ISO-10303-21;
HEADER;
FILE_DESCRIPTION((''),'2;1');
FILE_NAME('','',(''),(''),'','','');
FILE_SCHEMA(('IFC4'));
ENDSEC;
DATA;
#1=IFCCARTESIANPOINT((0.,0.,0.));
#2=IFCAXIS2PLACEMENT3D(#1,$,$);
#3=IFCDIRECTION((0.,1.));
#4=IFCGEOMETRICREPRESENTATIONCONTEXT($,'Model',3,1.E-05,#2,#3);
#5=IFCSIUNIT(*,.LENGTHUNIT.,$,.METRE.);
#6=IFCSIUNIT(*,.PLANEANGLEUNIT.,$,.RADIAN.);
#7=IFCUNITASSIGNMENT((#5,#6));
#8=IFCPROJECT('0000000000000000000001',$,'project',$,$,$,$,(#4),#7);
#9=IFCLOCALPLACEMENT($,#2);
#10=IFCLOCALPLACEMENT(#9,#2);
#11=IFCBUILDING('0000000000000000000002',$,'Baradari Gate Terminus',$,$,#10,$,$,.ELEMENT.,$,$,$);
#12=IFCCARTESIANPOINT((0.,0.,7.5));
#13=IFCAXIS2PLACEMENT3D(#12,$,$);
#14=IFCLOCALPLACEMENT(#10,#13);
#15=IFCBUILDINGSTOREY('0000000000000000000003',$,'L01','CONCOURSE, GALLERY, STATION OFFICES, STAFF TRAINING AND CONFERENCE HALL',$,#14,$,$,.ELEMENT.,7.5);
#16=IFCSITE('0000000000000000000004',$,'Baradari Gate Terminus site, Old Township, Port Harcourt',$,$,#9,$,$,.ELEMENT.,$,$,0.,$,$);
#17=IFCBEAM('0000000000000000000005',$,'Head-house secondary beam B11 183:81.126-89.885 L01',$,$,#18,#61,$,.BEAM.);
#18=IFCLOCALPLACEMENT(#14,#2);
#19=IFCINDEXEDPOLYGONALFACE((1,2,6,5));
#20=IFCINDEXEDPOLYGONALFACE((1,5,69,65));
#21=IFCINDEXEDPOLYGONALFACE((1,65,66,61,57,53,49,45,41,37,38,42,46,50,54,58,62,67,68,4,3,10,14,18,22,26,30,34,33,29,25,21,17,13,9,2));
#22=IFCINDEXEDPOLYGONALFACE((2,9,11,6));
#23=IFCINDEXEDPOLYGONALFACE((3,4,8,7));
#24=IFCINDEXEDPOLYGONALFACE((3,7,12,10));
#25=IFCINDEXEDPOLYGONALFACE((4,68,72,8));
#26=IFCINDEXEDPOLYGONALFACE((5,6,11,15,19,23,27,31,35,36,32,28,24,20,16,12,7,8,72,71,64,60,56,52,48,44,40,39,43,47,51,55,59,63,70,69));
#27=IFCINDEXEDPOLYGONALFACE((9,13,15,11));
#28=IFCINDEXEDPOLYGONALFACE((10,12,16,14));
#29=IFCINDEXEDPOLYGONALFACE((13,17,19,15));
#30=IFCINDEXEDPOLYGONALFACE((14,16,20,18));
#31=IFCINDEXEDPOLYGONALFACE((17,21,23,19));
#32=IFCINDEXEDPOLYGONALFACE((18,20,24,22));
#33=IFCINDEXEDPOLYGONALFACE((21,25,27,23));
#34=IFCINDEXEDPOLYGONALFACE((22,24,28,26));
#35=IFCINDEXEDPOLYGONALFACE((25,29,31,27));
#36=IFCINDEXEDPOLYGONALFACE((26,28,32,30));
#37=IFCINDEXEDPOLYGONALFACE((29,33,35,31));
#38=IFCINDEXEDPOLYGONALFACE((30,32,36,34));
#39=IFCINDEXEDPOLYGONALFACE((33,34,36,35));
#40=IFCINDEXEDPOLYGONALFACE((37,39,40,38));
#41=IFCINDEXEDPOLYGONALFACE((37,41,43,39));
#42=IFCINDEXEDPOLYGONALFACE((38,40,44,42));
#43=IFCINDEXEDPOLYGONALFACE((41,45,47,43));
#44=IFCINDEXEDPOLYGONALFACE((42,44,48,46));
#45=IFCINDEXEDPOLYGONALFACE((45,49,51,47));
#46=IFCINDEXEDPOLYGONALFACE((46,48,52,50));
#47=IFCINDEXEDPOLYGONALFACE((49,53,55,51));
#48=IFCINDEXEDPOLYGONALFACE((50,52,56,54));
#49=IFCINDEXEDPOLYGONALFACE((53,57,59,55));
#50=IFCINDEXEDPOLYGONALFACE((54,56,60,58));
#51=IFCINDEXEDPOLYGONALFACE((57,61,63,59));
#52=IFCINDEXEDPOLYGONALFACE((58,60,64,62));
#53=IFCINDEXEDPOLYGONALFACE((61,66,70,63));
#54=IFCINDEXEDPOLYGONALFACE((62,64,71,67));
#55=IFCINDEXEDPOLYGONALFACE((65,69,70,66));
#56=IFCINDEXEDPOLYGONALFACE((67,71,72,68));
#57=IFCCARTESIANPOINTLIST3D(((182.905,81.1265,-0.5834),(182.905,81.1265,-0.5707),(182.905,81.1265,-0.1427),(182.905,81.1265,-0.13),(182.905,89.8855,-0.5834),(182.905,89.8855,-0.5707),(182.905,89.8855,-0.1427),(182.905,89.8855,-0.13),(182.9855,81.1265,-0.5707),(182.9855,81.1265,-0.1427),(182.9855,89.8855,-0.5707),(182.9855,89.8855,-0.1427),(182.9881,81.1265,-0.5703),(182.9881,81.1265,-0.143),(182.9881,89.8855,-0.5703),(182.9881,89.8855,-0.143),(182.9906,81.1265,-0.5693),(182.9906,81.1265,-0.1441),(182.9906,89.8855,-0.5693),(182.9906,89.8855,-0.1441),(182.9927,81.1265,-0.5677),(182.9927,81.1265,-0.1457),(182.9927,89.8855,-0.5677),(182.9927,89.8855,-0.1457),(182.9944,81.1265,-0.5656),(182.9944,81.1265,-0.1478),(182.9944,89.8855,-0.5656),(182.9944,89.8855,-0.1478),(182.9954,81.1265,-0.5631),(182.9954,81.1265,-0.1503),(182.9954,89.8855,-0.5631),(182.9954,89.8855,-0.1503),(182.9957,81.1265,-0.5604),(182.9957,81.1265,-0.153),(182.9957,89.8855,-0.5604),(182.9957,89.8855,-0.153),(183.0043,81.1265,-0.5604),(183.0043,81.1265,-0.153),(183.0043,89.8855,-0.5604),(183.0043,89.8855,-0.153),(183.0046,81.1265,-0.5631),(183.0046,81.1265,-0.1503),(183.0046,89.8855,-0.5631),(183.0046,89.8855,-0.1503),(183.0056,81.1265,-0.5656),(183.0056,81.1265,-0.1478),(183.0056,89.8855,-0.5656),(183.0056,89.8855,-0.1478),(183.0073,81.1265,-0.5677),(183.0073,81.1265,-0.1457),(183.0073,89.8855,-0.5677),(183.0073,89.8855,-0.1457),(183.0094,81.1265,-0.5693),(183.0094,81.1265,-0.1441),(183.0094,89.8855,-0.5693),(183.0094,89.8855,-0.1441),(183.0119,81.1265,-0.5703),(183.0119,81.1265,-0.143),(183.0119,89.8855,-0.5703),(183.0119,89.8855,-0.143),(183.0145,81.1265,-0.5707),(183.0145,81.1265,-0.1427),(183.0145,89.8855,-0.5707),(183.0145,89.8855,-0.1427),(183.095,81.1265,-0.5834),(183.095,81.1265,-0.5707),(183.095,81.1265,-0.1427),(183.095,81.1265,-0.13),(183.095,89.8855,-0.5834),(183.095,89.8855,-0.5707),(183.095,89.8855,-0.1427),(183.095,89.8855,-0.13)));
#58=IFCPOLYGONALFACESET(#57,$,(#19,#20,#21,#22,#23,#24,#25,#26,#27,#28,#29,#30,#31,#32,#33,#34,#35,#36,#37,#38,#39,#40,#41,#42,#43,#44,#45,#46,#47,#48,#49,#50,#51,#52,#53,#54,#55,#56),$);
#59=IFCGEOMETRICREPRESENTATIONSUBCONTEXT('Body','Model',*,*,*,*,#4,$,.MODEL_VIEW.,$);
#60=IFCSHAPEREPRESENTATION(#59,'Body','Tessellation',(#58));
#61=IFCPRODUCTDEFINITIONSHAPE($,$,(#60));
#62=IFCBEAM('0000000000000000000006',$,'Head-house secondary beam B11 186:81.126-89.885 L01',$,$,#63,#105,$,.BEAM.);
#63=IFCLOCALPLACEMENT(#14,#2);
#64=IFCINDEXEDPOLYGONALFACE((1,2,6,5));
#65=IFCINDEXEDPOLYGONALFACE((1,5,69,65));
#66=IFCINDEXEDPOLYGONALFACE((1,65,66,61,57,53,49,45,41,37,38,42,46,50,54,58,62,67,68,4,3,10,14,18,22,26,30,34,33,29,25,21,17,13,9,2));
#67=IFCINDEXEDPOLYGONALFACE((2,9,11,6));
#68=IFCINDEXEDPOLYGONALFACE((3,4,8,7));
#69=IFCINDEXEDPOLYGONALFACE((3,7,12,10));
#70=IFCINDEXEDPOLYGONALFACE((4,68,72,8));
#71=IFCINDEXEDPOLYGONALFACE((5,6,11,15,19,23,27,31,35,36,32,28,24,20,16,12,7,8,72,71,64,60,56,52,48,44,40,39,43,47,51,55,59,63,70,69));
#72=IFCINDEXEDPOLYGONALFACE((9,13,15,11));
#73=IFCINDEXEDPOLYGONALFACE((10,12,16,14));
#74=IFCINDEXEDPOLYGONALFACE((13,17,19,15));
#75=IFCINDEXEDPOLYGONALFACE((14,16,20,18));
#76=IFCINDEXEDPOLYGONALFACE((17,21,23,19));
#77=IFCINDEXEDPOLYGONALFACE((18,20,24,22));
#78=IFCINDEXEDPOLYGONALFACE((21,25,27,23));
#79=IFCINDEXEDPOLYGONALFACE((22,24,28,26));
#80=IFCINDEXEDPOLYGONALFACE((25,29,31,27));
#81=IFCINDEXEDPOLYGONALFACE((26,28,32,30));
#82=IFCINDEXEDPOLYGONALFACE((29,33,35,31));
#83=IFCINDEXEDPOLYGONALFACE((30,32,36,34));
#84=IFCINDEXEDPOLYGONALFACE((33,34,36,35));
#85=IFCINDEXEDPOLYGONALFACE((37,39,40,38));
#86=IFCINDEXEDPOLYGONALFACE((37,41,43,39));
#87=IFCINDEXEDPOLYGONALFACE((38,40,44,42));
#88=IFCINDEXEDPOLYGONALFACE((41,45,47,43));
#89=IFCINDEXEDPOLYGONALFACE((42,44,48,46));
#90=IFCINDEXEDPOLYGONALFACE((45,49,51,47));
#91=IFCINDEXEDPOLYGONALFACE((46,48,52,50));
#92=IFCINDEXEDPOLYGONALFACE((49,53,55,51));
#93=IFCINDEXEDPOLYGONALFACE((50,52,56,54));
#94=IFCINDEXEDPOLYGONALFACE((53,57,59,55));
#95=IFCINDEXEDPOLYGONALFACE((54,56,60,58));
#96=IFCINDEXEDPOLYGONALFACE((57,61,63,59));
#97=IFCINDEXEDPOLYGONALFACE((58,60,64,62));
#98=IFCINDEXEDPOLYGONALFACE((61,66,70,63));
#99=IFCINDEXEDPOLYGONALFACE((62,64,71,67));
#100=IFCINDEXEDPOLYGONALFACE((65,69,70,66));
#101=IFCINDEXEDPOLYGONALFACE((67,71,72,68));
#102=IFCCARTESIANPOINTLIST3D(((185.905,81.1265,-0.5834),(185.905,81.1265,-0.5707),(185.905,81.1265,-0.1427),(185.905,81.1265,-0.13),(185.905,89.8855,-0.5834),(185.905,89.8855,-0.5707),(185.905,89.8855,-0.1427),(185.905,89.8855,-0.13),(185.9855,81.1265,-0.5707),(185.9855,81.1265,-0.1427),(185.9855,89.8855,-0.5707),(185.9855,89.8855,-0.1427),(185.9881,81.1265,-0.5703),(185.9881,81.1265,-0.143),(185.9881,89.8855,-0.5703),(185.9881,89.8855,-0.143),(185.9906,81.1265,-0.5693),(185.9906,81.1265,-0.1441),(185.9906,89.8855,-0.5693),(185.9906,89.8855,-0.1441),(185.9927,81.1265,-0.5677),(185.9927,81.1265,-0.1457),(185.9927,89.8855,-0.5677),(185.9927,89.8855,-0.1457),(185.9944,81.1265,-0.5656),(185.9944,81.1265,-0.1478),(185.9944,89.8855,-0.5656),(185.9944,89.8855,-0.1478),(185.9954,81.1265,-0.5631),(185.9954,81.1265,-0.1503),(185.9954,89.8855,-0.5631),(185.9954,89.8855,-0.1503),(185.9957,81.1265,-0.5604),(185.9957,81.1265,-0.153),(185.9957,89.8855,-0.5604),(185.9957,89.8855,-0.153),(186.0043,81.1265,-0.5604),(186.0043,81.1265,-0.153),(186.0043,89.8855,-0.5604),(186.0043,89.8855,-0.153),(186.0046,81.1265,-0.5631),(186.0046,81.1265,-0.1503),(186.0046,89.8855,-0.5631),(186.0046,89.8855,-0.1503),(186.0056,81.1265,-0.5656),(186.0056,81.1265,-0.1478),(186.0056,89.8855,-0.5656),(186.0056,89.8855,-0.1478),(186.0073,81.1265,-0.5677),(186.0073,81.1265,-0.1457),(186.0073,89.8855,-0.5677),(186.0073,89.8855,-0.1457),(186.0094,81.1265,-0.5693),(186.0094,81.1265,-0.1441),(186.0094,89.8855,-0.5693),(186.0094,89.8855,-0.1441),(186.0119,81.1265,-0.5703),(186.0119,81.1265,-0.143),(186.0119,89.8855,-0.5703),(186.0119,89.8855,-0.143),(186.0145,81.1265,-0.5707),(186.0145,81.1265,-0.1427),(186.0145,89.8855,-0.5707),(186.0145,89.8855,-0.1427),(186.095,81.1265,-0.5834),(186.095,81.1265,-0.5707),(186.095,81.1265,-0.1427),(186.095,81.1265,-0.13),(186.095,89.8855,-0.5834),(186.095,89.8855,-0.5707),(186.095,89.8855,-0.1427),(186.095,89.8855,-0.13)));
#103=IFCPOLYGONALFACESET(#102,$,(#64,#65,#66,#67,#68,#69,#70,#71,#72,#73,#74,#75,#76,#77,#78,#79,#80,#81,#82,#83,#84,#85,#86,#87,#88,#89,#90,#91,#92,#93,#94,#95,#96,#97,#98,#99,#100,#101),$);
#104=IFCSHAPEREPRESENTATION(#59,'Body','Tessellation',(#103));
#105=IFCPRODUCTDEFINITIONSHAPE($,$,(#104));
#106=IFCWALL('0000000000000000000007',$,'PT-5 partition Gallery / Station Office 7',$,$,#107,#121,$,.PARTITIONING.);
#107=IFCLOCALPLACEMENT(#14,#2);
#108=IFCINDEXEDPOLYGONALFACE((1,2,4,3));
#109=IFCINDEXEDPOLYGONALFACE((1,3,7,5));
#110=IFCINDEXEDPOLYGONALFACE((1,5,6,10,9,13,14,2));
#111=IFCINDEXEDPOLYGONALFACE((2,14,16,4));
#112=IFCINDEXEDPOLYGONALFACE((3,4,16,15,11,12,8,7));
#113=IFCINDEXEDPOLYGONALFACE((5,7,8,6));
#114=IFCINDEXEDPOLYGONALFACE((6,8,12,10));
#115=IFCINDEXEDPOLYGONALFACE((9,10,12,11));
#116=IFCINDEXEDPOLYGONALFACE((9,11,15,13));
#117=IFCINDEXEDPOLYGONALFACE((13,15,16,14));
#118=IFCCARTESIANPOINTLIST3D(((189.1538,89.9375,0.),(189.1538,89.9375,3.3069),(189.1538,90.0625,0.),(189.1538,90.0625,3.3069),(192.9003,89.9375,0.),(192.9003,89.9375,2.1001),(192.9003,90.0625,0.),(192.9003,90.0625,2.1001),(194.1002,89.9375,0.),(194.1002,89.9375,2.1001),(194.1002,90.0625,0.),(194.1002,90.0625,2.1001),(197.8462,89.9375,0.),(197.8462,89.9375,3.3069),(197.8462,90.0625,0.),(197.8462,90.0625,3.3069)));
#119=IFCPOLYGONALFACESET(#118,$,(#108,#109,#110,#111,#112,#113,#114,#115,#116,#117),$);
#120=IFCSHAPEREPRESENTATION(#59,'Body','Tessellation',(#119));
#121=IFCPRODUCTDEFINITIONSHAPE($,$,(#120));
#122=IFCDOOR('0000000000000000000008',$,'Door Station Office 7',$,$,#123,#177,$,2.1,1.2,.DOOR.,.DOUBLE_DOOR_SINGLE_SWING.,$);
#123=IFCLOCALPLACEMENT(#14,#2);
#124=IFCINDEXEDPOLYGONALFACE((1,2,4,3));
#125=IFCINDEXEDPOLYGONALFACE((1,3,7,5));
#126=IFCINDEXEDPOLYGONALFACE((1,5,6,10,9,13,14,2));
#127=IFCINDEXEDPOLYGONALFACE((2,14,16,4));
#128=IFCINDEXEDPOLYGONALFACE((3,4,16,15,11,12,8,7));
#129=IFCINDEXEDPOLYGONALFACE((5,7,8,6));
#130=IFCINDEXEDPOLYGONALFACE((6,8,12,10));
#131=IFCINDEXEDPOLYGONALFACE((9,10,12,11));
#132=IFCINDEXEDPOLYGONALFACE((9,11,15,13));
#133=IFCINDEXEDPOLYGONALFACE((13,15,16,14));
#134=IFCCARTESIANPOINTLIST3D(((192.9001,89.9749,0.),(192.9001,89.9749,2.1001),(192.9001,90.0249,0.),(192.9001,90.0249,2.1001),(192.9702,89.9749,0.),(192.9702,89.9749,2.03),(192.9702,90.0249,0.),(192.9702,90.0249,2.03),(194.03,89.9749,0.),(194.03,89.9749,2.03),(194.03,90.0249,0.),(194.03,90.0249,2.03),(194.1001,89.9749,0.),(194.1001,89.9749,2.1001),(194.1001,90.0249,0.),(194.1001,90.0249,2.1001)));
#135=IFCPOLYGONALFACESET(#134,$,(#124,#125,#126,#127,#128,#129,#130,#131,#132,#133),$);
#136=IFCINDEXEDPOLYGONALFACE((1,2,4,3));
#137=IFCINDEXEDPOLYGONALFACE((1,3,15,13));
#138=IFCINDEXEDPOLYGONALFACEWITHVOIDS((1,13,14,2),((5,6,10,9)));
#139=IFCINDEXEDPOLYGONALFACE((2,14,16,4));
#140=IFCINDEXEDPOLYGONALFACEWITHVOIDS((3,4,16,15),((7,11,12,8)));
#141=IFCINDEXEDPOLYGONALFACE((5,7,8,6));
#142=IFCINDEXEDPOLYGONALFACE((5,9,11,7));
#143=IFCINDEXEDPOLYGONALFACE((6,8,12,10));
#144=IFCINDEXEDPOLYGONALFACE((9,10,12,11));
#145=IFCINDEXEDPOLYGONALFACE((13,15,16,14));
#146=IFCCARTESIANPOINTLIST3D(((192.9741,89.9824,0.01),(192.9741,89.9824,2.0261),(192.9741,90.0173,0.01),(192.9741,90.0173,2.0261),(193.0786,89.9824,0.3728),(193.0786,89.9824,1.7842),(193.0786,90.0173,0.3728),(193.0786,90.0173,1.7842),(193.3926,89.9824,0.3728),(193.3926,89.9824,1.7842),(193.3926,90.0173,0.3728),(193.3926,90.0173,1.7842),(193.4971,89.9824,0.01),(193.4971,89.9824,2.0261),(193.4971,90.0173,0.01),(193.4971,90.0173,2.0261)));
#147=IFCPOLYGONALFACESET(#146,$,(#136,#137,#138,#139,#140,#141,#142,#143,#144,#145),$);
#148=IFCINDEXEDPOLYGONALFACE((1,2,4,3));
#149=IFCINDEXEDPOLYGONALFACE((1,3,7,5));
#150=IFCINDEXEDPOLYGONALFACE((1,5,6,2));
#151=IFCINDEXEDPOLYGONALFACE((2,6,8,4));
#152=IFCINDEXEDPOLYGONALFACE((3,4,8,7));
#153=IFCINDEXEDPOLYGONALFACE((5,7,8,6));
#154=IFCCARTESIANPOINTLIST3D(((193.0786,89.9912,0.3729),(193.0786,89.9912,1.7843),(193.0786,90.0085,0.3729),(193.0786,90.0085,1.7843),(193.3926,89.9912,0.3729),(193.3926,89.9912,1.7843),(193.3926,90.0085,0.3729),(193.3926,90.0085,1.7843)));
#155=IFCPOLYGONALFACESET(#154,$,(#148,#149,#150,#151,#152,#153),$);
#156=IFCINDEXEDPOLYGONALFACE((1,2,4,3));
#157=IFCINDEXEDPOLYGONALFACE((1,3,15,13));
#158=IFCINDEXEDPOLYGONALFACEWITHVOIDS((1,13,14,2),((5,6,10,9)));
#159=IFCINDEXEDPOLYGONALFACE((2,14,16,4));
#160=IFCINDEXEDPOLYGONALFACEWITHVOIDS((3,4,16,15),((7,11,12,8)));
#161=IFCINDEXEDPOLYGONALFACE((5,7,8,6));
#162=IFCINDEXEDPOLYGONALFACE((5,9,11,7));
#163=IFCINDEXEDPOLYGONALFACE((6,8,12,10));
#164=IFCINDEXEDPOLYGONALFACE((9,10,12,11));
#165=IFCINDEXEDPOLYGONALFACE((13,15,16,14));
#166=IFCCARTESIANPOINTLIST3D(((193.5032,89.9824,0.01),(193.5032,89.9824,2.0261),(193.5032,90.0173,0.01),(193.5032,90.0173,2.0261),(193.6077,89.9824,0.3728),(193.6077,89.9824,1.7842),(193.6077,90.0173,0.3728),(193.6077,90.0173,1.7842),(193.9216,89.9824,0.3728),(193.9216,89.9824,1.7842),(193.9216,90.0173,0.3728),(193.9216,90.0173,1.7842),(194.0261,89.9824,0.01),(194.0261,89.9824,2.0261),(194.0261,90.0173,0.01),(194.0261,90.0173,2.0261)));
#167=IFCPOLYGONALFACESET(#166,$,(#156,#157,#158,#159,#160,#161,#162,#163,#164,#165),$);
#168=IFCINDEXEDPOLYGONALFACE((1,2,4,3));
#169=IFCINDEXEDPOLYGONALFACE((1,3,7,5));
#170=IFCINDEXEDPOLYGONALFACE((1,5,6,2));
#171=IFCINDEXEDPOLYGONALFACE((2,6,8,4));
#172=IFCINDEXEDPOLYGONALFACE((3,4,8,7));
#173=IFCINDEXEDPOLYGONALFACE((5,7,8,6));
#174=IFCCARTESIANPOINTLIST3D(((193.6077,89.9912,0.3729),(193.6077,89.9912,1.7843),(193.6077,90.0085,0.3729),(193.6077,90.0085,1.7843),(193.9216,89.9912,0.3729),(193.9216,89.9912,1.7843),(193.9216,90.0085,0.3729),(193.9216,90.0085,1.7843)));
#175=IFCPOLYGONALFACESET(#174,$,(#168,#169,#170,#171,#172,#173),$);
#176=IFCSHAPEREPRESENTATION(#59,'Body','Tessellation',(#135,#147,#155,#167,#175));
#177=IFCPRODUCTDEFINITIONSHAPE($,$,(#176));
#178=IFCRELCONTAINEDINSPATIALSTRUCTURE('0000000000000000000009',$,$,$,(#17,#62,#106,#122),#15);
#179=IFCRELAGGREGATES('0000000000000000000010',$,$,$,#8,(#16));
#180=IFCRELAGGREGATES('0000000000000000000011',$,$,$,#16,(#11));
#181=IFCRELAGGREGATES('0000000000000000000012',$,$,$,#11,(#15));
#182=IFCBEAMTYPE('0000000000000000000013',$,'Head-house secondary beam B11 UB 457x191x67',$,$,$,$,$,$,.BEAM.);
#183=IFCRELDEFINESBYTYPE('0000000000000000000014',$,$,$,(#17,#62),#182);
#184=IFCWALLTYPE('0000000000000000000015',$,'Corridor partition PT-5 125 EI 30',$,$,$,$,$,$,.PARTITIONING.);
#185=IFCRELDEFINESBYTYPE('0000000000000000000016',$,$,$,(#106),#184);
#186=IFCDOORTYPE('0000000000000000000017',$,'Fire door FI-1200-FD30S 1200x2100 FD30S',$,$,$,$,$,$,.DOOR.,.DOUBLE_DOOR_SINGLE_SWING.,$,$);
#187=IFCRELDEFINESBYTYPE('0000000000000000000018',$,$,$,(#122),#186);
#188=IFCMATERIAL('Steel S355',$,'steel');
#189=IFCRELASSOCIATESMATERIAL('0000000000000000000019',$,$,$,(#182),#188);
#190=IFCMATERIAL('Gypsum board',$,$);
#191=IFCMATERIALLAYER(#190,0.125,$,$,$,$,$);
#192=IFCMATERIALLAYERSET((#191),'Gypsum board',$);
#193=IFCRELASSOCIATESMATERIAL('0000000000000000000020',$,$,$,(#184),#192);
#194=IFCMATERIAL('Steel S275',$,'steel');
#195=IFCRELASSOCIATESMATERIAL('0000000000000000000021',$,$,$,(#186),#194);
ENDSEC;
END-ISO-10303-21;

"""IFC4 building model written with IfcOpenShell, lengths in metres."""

from ifc_helpers import new_model, si_unit, direction, frame, frame_2d, origin, origin_2d, place, context, subcontext, project, spatial, polyline, rectangle, i_section, outline, extrude, material, layer, layer_set, material_profile, profile_set, type_object, element, fill, save


model = new_model("IFC4")

# Units and contexts
model_context = context("Model", 3, precision=1e-05, world=origin(), true_north=direction((0.0, 1.0)))
body_context = subcontext(model_context, "Body", "Model", "MODEL_VIEW")
ifc_project = project(units=[si_unit("LENGTHUNIT", "METRE"), si_unit("PLANEANGLEUNIT", "RADIAN")], contexts=[model_context])

# Site, building, storey
site_placement = place(None, origin())
site = spatial("IfcSite", under=ifc_project, at=site_placement, Name="Baradari Gate Terminus site, Old Township, Port Harcourt", CompositionType="ELEMENT", RefElevation=0.0)
building_placement = place(site_placement, origin())
building = spatial("IfcBuilding", under=site, at=building_placement, Name="Baradari Gate Terminus", CompositionType="ELEMENT")
storey_placement = place(building_placement, frame((0.0, 0.0, 7.5)))
storey = spatial("IfcBuildingStorey", under=building, at=storey_placement, Name="L01", Description="CONCOURSE, GALLERY, STATION OFFICES, STAFF TRAINING AND CONFERENCE HALL", CompositionType="ELEMENT", Elevation=7.5)

# Beams
ifc_material_1 = material(Name="Steel S355", Category="steel")
ifc_material_profile_1 = material_profile(ifc_material_1, i_section(OverallWidth=0.1899, OverallDepth=0.4534, WebThickness=0.0085, FlangeThickness=0.0127, FilletRadius=0.0103, at=origin_2d()), Name="UB 457x191x67")
ifc_profile_set_1 = profile_set([ifc_material_profile_1], Name="Steel S355")
beam_type_1 = type_object("IfcBeamType", Name="Head-house secondary beam B11 UB 457x191x67", PredefinedType="BEAM", material=ifc_profile_set_1)
for number, where, z_axis, x_axis, name in (
    (1, (183.0, 81.1265, -0.3567), (0.0, 1.0, 0.0), (-1.0, 0.0, 0.0), "Head-house secondary beam B11 183:81.126-89.885 L01"),
    (2, (186.0, 81.1265, -0.3567), (0.0, 1.0, 0.0), (-1.0, 0.0, 0.0), "Head-house secondary beam B11 186:81.126-89.885 L01"),
):
    element("IfcBeam", number, at=place(storey_placement, frame(where, z_axis=z_axis, x_axis=x_axis)), inside=storey, type_object=beam_type_1, Name=name, PredefinedType="BEAM", context=body_context, shape_type="SweptSolid", body=[
        extrude(i_section(OverallWidth=0.1899, OverallDepth=0.4534, WebThickness=0.0085, FlangeThickness=0.0127, FilletRadius=0.0103, at=origin_2d()), origin(), (0.0, 0.0, 1.0), 8.759),
    ])

# Wall, opening, door
ifc_material_2 = material(Name="Gypsum board")
ifc_layer = layer(ifc_material_2, 0.125)
ifc_layer_set = layer_set([ifc_layer], Name="Gypsum board")
wall_type = type_object("IfcWallType", Name="Corridor partition PT-5 125 EI 30", PredefinedType="PARTITIONING", material=ifc_layer_set)
wall_1_placement = place(storey_placement, frame((189.1538, 90.0, 0.0), z_axis=(0.0, 0.0, 1.0), x_axis=(1.0, 0.0, 0.0)))
wall_1 = element("IfcWall", 3, at=wall_1_placement, inside=storey, type_object=wall_type, Name="PT-5 partition Gallery / Station Office 7", PredefinedType="PARTITIONING", context=body_context, shape_type="SweptSolid", body=[
    extrude(rectangle(XDim=8.6924, YDim=0.125, at=frame_2d((4.3462, 0.0))), origin(), (0.0, 0.0, 1.0), 3.3069),
])
opening_1_placement = place(wall_1_placement, frame((3.7463, 0.0, 0.0)))
opening_1 = element("IfcOpeningElement", 4, at=opening_1_placement, cuts=wall_1, PredefinedType="OPENING", context=body_context, shape_type="SweptSolid", body=[
    extrude(rectangle(XDim=1.2, YDim=2.1001, at=frame_2d((0.6001, 1.05))), frame((0.0, 0.0725, 0.0), z_axis=(0.0, -1.0, 0.0), x_axis=(1.0, 0.0, 0.0)), (0.0, 0.0, 1.0), 0.145),
])
ifc_material_3 = material(Name="Steel S275", Category="steel")
door_type_1 = type_object("IfcDoorType", Name="Fire door FI-1200-FD30S 1200x2100 FD30S", OperationType="DOUBLE_DOOR_SINGLE_SWING", PredefinedType="DOOR", material=ifc_material_3)
door_1_placement = place(opening_1_placement, origin())
door_1 = element("IfcDoor", 5, at=door_1_placement, inside=storey, type_object=door_type_1, Name="Door Station Office 7", OperationType="DOUBLE_DOOR_SINGLE_SWING", OverallHeight=2.1, OverallWidth=1.2, PredefinedType="DOOR", context=body_context, shape_type="SweptSolid", body=[
    extrude(outline(polyline([(0.0, 0.0), (0.0701, 0.0), (0.0701, 2.03), (1.1299, 2.03), (1.1299, 0.0), (1.2, 0.0), (1.2, 2.1001), (0.0, 2.1001), (0.0, 0.0)])), frame((0.0, 0.0249, 0.0), z_axis=(0.0, -1.0, 0.0), x_axis=(1.0, 0.0, 0.0)), (0.0, 0.0, 1.0), 0.05),
    extrude(outline(polyline([(0.074, 0.01), (0.5969, 0.01), (0.5969, 2.0261), (0.074, 2.0261), (0.074, 0.01)]), holes=[polyline([(0.1785, 0.3728), (0.4924, 0.3728), (0.4924, 1.7842), (0.1785, 1.7842), (0.1785, 0.3728)])]), frame((0.0, 0.0173, 0.0), z_axis=(0.0, -1.0, 0.0), x_axis=(1.0, 0.0, 0.0)), (0.0, 0.0, 1.0), 0.0349),
    extrude(rectangle(XDim=0.314, YDim=1.4114, at=frame_2d((0.3354, 1.0786))), frame((0.0, 0.0085, 0.0), z_axis=(0.0, -1.0, 0.0), x_axis=(1.0, 0.0, 0.0)), (0.0, 0.0, 1.0), 0.0173),
    extrude(outline(polyline([(0.603, 0.01), (1.126, 0.01), (1.126, 2.0261), (0.603, 2.0261), (0.603, 0.01)]), holes=[polyline([(0.7075, 0.3728), (1.0215, 0.3728), (1.0215, 1.7842), (0.7075, 1.7842), (0.7075, 0.3728)])]), frame((0.0, 0.0173, 0.0), z_axis=(0.0, -1.0, 0.0), x_axis=(1.0, 0.0, 0.0)), (0.0, 0.0, 1.0), 0.0349),
    extrude(rectangle(XDim=0.314, YDim=1.4114, at=frame_2d((0.8645, 1.0786))), frame((0.0, 0.0085, 0.0), z_axis=(0.0, -1.0, 0.0), x_axis=(1.0, 0.0, 0.0)), (0.0, 0.0, 1.0), 0.0173),
])
fill(opening_1, door_1)

save(model, "model.ifc")
